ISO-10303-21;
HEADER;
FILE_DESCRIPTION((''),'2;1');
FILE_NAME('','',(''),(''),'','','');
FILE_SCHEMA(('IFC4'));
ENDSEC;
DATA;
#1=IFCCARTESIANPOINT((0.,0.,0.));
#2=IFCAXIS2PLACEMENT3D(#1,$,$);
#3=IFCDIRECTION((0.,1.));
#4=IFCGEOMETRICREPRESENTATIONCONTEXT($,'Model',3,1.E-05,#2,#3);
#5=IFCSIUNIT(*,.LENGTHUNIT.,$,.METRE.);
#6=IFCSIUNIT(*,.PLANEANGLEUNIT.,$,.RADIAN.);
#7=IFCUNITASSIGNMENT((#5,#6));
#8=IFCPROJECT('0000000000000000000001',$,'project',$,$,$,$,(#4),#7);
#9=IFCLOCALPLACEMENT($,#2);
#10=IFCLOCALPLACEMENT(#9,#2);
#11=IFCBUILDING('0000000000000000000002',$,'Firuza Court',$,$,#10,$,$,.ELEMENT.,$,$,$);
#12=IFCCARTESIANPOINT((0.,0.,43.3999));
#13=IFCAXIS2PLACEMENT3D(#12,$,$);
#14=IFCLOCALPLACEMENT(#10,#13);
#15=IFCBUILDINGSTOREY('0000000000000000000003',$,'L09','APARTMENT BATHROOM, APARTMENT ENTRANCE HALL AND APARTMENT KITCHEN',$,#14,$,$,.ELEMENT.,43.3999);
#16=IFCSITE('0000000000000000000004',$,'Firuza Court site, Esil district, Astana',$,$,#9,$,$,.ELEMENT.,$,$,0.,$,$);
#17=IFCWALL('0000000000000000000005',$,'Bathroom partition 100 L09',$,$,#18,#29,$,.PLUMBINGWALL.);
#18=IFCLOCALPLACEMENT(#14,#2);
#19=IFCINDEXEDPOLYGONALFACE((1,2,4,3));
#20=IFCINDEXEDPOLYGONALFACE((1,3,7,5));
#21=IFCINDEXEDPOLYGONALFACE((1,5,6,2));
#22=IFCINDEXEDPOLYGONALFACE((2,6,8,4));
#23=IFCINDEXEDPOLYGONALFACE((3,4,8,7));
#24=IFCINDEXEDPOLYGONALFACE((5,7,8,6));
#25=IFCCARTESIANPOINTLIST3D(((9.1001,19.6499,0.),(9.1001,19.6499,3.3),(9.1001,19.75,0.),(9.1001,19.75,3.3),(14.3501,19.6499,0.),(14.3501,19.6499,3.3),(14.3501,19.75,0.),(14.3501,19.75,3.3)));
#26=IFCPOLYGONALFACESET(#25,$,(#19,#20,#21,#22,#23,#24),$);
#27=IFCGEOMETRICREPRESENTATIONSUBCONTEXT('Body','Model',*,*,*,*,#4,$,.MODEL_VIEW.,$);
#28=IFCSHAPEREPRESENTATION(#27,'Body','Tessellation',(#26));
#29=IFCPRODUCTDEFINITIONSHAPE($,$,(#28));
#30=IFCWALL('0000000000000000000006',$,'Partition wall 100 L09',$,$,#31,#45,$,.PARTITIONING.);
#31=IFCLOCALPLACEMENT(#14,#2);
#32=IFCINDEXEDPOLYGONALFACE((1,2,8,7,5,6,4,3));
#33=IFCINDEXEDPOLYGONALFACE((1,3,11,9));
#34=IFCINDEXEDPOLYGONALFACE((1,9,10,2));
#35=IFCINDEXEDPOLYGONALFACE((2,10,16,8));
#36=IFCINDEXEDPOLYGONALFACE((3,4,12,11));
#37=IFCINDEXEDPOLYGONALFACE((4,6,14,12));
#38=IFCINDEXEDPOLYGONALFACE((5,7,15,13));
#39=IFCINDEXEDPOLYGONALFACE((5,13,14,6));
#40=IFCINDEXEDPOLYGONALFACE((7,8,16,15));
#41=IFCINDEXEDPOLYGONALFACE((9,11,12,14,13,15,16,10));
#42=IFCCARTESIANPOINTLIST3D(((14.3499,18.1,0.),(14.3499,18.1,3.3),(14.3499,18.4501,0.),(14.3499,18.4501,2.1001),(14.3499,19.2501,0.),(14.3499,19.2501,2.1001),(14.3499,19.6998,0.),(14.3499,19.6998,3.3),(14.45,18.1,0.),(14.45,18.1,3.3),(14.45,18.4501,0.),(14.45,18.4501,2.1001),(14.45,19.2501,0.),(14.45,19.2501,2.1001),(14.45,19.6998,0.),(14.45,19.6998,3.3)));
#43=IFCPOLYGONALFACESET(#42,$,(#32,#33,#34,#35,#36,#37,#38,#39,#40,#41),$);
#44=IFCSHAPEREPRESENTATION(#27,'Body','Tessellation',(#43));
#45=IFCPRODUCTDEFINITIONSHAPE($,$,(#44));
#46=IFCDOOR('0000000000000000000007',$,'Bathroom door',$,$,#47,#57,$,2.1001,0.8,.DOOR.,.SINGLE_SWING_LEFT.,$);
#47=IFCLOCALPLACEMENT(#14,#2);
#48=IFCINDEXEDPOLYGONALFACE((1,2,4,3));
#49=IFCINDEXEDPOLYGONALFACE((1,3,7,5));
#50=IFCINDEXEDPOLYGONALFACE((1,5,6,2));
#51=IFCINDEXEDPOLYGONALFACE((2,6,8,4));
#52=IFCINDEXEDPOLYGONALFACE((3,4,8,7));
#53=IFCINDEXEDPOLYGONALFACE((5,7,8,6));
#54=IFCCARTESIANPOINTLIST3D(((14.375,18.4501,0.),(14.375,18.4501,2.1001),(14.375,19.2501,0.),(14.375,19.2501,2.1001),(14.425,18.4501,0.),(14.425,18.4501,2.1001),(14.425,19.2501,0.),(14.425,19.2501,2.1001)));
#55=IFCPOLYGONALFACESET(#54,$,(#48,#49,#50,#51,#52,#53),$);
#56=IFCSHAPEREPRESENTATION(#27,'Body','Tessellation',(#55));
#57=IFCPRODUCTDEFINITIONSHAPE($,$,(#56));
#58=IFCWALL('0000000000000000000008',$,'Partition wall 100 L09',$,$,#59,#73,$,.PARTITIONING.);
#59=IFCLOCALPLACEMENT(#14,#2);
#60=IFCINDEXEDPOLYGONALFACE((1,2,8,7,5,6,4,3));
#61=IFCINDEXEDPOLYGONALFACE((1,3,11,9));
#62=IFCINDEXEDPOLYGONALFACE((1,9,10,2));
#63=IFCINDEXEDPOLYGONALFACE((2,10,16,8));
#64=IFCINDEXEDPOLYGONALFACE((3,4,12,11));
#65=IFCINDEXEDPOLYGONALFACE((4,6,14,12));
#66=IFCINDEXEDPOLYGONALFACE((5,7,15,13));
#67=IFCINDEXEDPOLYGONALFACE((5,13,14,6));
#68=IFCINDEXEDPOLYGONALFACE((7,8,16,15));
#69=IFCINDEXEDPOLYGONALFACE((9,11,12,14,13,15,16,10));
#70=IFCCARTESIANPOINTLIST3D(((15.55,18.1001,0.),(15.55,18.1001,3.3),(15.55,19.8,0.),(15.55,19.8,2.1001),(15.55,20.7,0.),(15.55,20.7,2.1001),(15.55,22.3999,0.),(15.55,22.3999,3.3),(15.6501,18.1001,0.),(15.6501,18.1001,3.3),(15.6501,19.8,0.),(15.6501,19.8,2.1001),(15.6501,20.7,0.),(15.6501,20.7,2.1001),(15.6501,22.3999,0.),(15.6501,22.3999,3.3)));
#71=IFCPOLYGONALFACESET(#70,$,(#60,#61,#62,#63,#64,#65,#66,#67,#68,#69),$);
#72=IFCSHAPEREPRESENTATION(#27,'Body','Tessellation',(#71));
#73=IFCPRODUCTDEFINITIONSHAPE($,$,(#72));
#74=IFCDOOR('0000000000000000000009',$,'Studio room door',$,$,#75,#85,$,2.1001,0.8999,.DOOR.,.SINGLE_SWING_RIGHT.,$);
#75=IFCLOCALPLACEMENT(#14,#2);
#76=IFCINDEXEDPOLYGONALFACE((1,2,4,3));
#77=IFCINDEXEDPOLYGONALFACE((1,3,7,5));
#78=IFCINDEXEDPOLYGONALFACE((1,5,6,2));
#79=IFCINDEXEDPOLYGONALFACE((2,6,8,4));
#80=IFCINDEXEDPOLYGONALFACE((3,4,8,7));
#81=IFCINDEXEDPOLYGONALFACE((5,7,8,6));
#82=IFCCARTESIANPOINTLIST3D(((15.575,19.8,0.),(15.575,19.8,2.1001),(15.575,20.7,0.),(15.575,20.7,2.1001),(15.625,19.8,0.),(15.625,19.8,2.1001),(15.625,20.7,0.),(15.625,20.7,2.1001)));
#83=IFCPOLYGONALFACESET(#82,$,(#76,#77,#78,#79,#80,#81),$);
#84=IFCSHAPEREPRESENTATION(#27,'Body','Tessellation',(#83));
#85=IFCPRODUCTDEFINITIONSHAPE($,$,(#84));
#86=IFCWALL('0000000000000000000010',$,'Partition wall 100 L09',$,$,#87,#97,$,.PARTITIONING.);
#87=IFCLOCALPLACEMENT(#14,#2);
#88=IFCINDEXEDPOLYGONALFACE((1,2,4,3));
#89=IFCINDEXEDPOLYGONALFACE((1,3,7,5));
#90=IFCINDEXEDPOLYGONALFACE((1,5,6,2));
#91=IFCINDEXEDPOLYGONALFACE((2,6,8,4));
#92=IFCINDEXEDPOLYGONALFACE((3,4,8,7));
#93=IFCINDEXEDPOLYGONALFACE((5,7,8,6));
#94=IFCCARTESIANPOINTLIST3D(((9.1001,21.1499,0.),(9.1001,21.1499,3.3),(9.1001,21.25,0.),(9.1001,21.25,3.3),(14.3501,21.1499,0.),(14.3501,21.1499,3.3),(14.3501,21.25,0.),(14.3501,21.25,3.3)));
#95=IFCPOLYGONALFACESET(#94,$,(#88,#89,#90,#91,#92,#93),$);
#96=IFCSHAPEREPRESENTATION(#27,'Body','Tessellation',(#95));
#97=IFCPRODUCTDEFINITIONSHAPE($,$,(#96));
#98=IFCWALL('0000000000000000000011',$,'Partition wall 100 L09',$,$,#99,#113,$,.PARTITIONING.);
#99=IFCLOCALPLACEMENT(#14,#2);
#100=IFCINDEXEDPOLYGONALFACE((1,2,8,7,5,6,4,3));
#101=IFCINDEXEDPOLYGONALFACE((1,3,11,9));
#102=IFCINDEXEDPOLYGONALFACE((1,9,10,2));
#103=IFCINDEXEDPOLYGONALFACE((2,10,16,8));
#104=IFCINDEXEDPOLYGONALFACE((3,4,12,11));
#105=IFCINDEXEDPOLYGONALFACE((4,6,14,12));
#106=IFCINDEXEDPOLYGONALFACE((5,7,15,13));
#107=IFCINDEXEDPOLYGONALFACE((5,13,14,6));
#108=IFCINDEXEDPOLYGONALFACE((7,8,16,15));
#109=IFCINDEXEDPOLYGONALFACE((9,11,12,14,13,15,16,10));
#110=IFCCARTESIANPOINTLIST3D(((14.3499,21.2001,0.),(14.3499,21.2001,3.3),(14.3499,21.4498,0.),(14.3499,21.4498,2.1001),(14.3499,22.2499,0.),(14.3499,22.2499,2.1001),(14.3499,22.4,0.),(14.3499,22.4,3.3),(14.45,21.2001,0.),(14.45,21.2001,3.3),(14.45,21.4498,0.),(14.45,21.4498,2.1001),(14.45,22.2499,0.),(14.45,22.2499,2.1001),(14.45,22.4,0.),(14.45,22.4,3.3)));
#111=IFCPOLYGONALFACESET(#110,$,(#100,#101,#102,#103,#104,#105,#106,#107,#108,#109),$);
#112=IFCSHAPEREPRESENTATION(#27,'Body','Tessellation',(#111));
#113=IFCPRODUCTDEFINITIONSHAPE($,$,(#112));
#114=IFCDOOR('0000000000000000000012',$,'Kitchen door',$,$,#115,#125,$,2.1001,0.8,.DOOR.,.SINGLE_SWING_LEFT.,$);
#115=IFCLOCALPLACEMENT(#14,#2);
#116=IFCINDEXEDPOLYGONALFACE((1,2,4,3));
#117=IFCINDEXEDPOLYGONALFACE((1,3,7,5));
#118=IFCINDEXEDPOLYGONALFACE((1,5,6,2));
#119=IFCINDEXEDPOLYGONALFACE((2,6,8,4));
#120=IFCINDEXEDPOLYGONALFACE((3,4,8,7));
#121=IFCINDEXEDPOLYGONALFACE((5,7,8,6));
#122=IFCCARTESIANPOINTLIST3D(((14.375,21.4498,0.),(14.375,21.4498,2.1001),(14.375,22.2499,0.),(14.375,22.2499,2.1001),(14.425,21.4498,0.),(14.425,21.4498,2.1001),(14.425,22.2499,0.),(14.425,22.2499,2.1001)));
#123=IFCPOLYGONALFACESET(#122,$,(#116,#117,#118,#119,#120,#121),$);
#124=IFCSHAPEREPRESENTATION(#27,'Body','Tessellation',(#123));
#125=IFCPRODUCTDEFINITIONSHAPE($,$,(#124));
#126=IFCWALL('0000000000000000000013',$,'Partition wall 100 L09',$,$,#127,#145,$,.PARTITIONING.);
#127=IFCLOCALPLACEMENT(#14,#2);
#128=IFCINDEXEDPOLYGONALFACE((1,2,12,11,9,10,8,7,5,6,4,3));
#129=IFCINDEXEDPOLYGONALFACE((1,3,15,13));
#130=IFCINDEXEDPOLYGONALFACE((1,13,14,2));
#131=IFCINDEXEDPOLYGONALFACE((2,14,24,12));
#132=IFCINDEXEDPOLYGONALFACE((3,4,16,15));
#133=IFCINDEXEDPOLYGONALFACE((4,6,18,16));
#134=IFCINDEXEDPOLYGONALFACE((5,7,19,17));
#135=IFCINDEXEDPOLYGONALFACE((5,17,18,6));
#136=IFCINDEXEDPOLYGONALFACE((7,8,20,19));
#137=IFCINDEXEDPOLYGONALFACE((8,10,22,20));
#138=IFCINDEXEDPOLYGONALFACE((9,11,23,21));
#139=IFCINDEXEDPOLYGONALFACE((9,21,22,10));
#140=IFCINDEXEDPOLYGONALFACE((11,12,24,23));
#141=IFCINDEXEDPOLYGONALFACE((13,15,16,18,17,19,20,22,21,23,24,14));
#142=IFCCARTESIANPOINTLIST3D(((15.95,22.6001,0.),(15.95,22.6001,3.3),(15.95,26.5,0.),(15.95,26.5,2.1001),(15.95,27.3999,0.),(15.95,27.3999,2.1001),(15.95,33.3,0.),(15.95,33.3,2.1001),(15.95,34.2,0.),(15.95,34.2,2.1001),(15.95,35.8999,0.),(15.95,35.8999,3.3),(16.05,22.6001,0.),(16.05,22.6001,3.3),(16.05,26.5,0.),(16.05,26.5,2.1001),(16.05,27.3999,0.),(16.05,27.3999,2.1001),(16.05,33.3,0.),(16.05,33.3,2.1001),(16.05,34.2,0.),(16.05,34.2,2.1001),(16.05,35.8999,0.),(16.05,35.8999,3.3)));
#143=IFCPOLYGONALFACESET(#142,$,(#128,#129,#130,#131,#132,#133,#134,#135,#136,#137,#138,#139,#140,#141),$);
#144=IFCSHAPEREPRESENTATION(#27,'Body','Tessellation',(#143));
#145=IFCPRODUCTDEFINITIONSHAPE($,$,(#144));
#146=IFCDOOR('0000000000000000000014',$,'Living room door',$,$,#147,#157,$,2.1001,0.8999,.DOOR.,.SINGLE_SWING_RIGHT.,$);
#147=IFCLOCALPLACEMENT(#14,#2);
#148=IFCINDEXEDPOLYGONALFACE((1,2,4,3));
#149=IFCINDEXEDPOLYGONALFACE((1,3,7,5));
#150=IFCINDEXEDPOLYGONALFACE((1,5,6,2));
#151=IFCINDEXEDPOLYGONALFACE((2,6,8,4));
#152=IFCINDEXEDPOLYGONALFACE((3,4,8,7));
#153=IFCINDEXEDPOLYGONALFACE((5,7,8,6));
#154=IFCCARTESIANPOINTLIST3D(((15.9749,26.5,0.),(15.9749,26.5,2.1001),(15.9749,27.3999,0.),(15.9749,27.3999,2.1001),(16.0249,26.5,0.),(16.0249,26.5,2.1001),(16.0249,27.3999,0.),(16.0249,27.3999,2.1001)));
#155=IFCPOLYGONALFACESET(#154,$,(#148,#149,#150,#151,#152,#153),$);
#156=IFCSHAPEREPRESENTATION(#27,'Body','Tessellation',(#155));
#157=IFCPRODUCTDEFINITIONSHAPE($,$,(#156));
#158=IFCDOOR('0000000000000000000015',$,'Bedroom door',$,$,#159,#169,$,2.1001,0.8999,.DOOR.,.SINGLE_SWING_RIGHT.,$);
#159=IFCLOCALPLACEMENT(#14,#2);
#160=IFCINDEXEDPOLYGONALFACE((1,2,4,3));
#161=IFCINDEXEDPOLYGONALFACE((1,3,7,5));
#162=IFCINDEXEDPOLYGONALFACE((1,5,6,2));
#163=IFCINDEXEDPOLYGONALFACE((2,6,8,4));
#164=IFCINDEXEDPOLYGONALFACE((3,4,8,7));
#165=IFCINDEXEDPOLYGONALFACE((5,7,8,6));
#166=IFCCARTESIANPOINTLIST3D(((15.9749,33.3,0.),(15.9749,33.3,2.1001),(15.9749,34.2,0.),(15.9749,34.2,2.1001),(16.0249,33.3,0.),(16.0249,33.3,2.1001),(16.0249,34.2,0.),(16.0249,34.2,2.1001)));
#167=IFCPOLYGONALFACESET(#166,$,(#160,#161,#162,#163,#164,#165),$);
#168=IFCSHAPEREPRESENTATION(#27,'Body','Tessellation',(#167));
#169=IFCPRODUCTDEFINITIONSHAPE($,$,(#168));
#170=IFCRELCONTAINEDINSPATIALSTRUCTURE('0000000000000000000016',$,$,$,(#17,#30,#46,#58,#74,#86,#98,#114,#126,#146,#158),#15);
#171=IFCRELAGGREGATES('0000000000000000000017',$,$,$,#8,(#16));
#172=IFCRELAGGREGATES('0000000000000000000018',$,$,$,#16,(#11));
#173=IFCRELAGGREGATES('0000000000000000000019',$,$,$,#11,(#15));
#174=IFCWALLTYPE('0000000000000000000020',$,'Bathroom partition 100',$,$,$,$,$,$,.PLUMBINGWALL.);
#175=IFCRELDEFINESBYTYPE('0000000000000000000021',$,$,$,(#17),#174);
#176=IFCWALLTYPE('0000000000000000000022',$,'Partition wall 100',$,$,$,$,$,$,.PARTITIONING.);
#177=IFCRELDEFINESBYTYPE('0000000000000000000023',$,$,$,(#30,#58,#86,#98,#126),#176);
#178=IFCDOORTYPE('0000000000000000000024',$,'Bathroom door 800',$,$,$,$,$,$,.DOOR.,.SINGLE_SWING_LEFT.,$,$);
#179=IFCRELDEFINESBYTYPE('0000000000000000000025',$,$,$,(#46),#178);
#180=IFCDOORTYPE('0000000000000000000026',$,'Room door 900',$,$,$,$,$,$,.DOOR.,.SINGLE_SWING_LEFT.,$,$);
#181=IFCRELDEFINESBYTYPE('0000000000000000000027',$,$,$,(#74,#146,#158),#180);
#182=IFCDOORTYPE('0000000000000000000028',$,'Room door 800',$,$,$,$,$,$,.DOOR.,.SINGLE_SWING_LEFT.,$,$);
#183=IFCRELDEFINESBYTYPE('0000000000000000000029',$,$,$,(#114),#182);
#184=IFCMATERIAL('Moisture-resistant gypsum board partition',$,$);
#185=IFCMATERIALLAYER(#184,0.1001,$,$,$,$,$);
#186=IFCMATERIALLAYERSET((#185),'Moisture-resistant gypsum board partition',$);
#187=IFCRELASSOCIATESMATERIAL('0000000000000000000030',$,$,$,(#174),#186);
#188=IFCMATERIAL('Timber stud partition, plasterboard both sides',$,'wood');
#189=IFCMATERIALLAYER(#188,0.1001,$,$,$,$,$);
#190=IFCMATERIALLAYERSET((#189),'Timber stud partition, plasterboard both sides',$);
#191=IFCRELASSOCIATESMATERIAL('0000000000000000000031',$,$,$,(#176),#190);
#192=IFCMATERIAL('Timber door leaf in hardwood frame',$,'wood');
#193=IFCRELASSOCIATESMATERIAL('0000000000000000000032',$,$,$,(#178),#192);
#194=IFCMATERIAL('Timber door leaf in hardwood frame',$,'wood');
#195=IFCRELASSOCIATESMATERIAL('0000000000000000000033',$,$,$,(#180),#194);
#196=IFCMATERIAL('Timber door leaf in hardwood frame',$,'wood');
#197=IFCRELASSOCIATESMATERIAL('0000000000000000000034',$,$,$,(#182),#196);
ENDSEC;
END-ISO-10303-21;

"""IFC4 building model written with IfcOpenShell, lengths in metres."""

from ifc_helpers import new_model, si_unit, direction, frame, frame_2d, origin, place, context, subcontext, project, spatial, rectangle, extrude, material, layer, layer_set, type_object, element, fill, save


model = new_model("IFC4")

# Units and contexts
model_context = context("Model", 3, precision=1e-05, world=origin(), true_north=direction((0.0, 1.0)))
body_context = subcontext(model_context, "Body", "Model", "MODEL_VIEW")
ifc_project = project(units=[si_unit("LENGTHUNIT", "METRE"), si_unit("PLANEANGLEUNIT", "RADIAN")], contexts=[model_context])

# Site, building, storey
site_placement = place(None, origin())
site = spatial("IfcSite", under=ifc_project, at=site_placement, Name="Firuza Court site, Esil district, Astana", CompositionType="ELEMENT", RefElevation=0.0)
building_placement = place(site_placement, origin())
building = spatial("IfcBuilding", under=site, at=building_placement, Name="Firuza Court", CompositionType="ELEMENT")
storey_placement = place(building_placement, frame((0.0, 0.0, 43.3999)))
storey = spatial("IfcBuildingStorey", under=building, at=storey_placement, Name="L09", Description="APARTMENT BATHROOM, APARTMENT ENTRANCE HALL AND APARTMENT KITCHEN", CompositionType="ELEMENT", Elevation=43.3999)

# Wall
ifc_material_1 = material(Name="Moisture-resistant gypsum board partition")
ifc_layer_1 = layer(ifc_material_1, 0.1001)
ifc_layer_set_1 = layer_set([ifc_layer_1], Name="Moisture-resistant gypsum board partition")
wall_type_1 = type_object("IfcWallType", Name="Bathroom partition 100", PredefinedType="PLUMBINGWALL", material=ifc_layer_set_1)
wall_1_placement = place(storey_placement, frame((9.1001, 19.7, 0.0), z_axis=(0.0, 0.0, 1.0), x_axis=(1.0, 0.0, 0.0)))
element("IfcWall", 1, at=wall_1_placement, inside=storey, type_object=wall_type_1, Name="Bathroom partition 100 L09", PredefinedType="PLUMBINGWALL", context=body_context, shape_type="SweptSolid", body=[
    extrude(rectangle(XDim=5.25, YDim=0.1001, at=frame_2d((2.625, 0.0))), origin(), (0.0, 0.0, 1.0), 3.3),
])

# Walls, openings, doors
ifc_material_2 = material(Name="Timber stud partition, plasterboard both sides", Category="wood")
ifc_layer_2 = layer(ifc_material_2, 0.1001)
ifc_layer_set_2 = layer_set([ifc_layer_2], Name="Timber stud partition, plasterboard both sides")
wall_type_2 = type_object("IfcWallType", Name="Partition wall 100", PredefinedType="PARTITIONING", material=ifc_layer_set_2)
wall_2_placement = place(storey_placement, frame((14.3999, 18.1001, 0.0), z_axis=(0.0, 0.0, 1.0), x_axis=(0.0, 1.0, 0.0)))
wall_2 = element("IfcWall", 2, at=wall_2_placement, inside=storey, type_object=wall_type_2, Name="Partition wall 100 L09", PredefinedType="PARTITIONING", context=body_context, shape_type="SweptSolid", body=[
    extrude(rectangle(XDim=1.5999, YDim=0.1001, at=frame_2d((0.7998, 0.0))), origin(), (0.0, 0.0, 1.0), 3.3),
])
opening_1_placement = place(wall_2_placement, frame((0.3501, 0.0, 0.0)))
opening_1 = element("IfcOpeningElement", 3, at=opening_1_placement, cuts=wall_2, PredefinedType="OPENING", context=body_context, shape_type="SweptSolid", body=[
    extrude(rectangle(XDim=0.8, YDim=2.1001, at=frame_2d((0.3999, 1.05))), frame((0.0, 0.062, 0.0), z_axis=(0.0, -1.0, 0.0), x_axis=(1.0, 0.0, 0.0)), (0.0, 0.0, 1.0), 0.124),
])
ifc_material_3 = material(Name="Timber door leaf in hardwood frame", Category="wood")
door_type_1 = type_object("IfcDoorType", Name="Bathroom door 800", OperationType="SINGLE_SWING_LEFT", PredefinedType="DOOR", material=ifc_material_3)
door_1_placement = place(opening_1_placement, origin())
door_1 = element("IfcDoor", 4, at=door_1_placement, inside=storey, type_object=door_type_1, Name="Bathroom door", OperationType="SINGLE_SWING_LEFT", OverallHeight=2.1001, OverallWidth=0.8, PredefinedType="DOOR", context=body_context, shape_type="SweptSolid", body=[
    extrude(rectangle(XDim=0.8, YDim=2.1001, at=frame_2d((0.3999, 1.05))), frame((0.0, 0.0249, 0.0), z_axis=(0.0, -1.0, 0.0), x_axis=(1.0, 0.0, 0.0)), (0.0, 0.0, 1.0), 0.05),
])
fill(opening_1, door_1)
wall_3_placement = place(storey_placement, frame((15.6001, 18.1001, 0.0), z_axis=(0.0, 0.0, 1.0), x_axis=(0.0, 1.0, 0.0)))
wall_3 = element("IfcWall", 5, at=wall_3_placement, inside=storey, type_object=wall_type_2, Name="Partition wall 100 L09", PredefinedType="PARTITIONING", context=body_context, shape_type="SweptSolid", body=[
    extrude(rectangle(XDim=4.2998, YDim=0.1001, at=frame_2d((2.1499, 0.0))), origin(), (0.0, 0.0, 1.0), 3.3),
])
opening_2_placement = place(wall_3_placement, frame((1.7, 0.0, 0.0)))
opening_2 = element("IfcOpeningElement", 6, at=opening_2_placement, cuts=wall_3, PredefinedType="OPENING", context=body_context, shape_type="SweptSolid", body=[
    extrude(rectangle(XDim=0.8999, YDim=2.1001, at=frame_2d((0.45, 1.05))), frame((0.0, 0.062, 0.0), z_axis=(0.0, -1.0, 0.0), x_axis=(1.0, 0.0, 0.0)), (0.0, 0.0, 1.0), 0.124),
])
ifc_material_4 = material(Name="Timber door leaf in hardwood frame", Category="wood")
door_type_2 = type_object("IfcDoorType", Name="Room door 900", OperationType="SINGLE_SWING_LEFT", PredefinedType="DOOR", material=ifc_material_4)
door_2_placement = place(opening_2_placement, frame((0.8999, 0.0, 0.0), z_axis=(0.0, 0.0, 1.0), x_axis=(-1.0, 0.0, 0.0)))
door_2 = element("IfcDoor", 7, at=door_2_placement, inside=storey, type_object=door_type_2, Name="Studio room door", OperationType="SINGLE_SWING_RIGHT", OverallHeight=2.1001, OverallWidth=0.8999, PredefinedType="DOOR", context=body_context, shape_type="SweptSolid", body=[
    extrude(rectangle(XDim=0.8999, YDim=2.1001, at=frame_2d((0.45, 1.05))), frame((0.0, 0.0249, 0.0), z_axis=(0.0, -1.0, 0.0), x_axis=(1.0, 0.0, 0.0)), (0.0, 0.0, 1.0), 0.05),
])
fill(opening_2, door_2)

# Wall
wall_4_placement = place(storey_placement, frame((9.1001, 21.2, 0.0), z_axis=(0.0, 0.0, 1.0), x_axis=(1.0, 0.0, 0.0)))
element("IfcWall", 8, at=wall_4_placement, inside=storey, type_object=wall_type_2, Name="Partition wall 100 L09", PredefinedType="PARTITIONING", context=body_context, shape_type="SweptSolid", body=[
    extrude(rectangle(XDim=5.25, YDim=0.1001, at=frame_2d((2.625, 0.0))), origin(), (0.0, 0.0, 1.0), 3.3),
])

# Wall, opening, door
wall_5_placement = place(storey_placement, frame((14.3999, 21.2, 0.0), z_axis=(0.0, 0.0, 1.0), x_axis=(0.0, 1.0, 0.0)))
wall_5 = element("IfcWall", 9, at=wall_5_placement, inside=storey, type_object=wall_type_2, Name="Partition wall 100 L09", PredefinedType="PARTITIONING", context=body_context, shape_type="SweptSolid", body=[
    extrude(rectangle(XDim=1.2, YDim=0.1001, at=frame_2d((0.6001, 0.0))), origin(), (0.0, 0.0, 1.0), 3.3),
])
opening_3_placement = place(wall_5_placement, frame((0.25, 0.0, 0.0)))
opening_3 = element("IfcOpeningElement", 10, at=opening_3_placement, cuts=wall_5, PredefinedType="OPENING", context=body_context, shape_type="SweptSolid", body=[
    extrude(rectangle(XDim=0.8, YDim=2.1001, at=frame_2d((0.3999, 1.05))), frame((0.0, 0.062, 0.0), z_axis=(0.0, -1.0, 0.0), x_axis=(1.0, 0.0, 0.0)), (0.0, 0.0, 1.0), 0.124),
])
ifc_material_5 = material(Name="Timber door leaf in hardwood frame", Category="wood")
door_type_3 = type_object("IfcDoorType", Name="Room door 800", OperationType="SINGLE_SWING_LEFT", PredefinedType="DOOR", material=ifc_material_5)
door_3_placement = place(opening_3_placement, origin())
door_3 = element("IfcDoor", 11, at=door_3_placement, inside=storey, type_object=door_type_3, Name="Kitchen door", OperationType="SINGLE_SWING_LEFT", OverallHeight=2.1001, OverallWidth=0.8, PredefinedType="DOOR", context=body_context, shape_type="SweptSolid", body=[
    extrude(rectangle(XDim=0.8, YDim=2.1001, at=frame_2d((0.3999, 1.05))), frame((0.0, 0.0249, 0.0), z_axis=(0.0, -1.0, 0.0), x_axis=(1.0, 0.0, 0.0)), (0.0, 0.0, 1.0), 0.05),
])
fill(opening_3, door_3)

# Wall, openings, doors
wall_6_placement = place(storey_placement, frame((16.0, 22.6001, 0.0), z_axis=(0.0, 0.0, 1.0), x_axis=(0.0, 1.0, 0.0)))
wall_6 = element("IfcWall", 12, at=wall_6_placement, inside=storey, type_object=wall_type_2, Name="Partition wall 100 L09", PredefinedType="PARTITIONING", context=body_context, shape_type="SweptSolid", body=[
    extrude(rectangle(XDim=13.2998, YDim=0.1001, at=frame_2d((6.6499, 0.0))), origin(), (0.0, 0.0, 1.0), 3.3),
])
opening_4_placement = place(wall_6_placement, frame((3.8999, 0.0, 0.0)))
opening_4 = element("IfcOpeningElement", 13, at=opening_4_placement, cuts=wall_6, PredefinedType="OPENING", context=body_context, shape_type="SweptSolid", body=[
    extrude(rectangle(XDim=0.8999, YDim=2.1001, at=frame_2d((0.45, 1.05))), frame((0.0, 0.062, 0.0), z_axis=(0.0, -1.0, 0.0), x_axis=(1.0, 0.0, 0.0)), (0.0, 0.0, 1.0), 0.124),
])
opening_5_placement = place(wall_6_placement, frame((10.7, 0.0, 0.0)))
opening_5 = element("IfcOpeningElement", 14, at=opening_5_placement, cuts=wall_6, PredefinedType="OPENING", context=body_context, shape_type="SweptSolid", body=[
    extrude(rectangle(XDim=0.8999, YDim=2.1001, at=frame_2d((0.45, 1.05))), frame((0.0, 0.062, 0.0), z_axis=(0.0, -1.0, 0.0), x_axis=(1.0, 0.0, 0.0)), (0.0, 0.0, 1.0), 0.124),
])
door_4_placement = place(opening_4_placement, frame((0.8999, 0.0, 0.0), z_axis=(0.0, 0.0, 1.0), x_axis=(-1.0, 0.0, 0.0)))
door_4 = element("IfcDoor", 15, at=door_4_placement, inside=storey, type_object=door_type_2, Name="Living room door", OperationType="SINGLE_SWING_RIGHT", OverallHeight=2.1001, OverallWidth=0.8999, PredefinedType="DOOR", context=body_context, shape_type="SweptSolid", body=[
    extrude(rectangle(XDim=0.8999, YDim=2.1001, at=frame_2d((0.45, 1.05))), frame((0.0, 0.0249, 0.0), z_axis=(0.0, -1.0, 0.0), x_axis=(1.0, 0.0, 0.0)), (0.0, 0.0, 1.0), 0.05),
])
fill(opening_4, door_4)
door_5_placement = place(opening_5_placement, frame((0.8999, 0.0, 0.0), z_axis=(0.0, 0.0, 1.0), x_axis=(-1.0, 0.0, 0.0)))
door_5 = element("IfcDoor", 16, at=door_5_placement, inside=storey, type_object=door_type_2, Name="Bedroom door", OperationType="SINGLE_SWING_RIGHT", OverallHeight=2.1001, OverallWidth=0.8999, PredefinedType="DOOR", context=body_context, shape_type="SweptSolid", body=[
    extrude(rectangle(XDim=0.8999, YDim=2.1001, at=frame_2d((0.45, 1.05))), frame((0.0, 0.0249, 0.0), z_axis=(0.0, -1.0, 0.0), x_axis=(1.0, 0.0, 0.0)), (0.0, 0.0, 1.0), 0.05),
])
fill(opening_5, door_5)

save(model, "model.ifc")
